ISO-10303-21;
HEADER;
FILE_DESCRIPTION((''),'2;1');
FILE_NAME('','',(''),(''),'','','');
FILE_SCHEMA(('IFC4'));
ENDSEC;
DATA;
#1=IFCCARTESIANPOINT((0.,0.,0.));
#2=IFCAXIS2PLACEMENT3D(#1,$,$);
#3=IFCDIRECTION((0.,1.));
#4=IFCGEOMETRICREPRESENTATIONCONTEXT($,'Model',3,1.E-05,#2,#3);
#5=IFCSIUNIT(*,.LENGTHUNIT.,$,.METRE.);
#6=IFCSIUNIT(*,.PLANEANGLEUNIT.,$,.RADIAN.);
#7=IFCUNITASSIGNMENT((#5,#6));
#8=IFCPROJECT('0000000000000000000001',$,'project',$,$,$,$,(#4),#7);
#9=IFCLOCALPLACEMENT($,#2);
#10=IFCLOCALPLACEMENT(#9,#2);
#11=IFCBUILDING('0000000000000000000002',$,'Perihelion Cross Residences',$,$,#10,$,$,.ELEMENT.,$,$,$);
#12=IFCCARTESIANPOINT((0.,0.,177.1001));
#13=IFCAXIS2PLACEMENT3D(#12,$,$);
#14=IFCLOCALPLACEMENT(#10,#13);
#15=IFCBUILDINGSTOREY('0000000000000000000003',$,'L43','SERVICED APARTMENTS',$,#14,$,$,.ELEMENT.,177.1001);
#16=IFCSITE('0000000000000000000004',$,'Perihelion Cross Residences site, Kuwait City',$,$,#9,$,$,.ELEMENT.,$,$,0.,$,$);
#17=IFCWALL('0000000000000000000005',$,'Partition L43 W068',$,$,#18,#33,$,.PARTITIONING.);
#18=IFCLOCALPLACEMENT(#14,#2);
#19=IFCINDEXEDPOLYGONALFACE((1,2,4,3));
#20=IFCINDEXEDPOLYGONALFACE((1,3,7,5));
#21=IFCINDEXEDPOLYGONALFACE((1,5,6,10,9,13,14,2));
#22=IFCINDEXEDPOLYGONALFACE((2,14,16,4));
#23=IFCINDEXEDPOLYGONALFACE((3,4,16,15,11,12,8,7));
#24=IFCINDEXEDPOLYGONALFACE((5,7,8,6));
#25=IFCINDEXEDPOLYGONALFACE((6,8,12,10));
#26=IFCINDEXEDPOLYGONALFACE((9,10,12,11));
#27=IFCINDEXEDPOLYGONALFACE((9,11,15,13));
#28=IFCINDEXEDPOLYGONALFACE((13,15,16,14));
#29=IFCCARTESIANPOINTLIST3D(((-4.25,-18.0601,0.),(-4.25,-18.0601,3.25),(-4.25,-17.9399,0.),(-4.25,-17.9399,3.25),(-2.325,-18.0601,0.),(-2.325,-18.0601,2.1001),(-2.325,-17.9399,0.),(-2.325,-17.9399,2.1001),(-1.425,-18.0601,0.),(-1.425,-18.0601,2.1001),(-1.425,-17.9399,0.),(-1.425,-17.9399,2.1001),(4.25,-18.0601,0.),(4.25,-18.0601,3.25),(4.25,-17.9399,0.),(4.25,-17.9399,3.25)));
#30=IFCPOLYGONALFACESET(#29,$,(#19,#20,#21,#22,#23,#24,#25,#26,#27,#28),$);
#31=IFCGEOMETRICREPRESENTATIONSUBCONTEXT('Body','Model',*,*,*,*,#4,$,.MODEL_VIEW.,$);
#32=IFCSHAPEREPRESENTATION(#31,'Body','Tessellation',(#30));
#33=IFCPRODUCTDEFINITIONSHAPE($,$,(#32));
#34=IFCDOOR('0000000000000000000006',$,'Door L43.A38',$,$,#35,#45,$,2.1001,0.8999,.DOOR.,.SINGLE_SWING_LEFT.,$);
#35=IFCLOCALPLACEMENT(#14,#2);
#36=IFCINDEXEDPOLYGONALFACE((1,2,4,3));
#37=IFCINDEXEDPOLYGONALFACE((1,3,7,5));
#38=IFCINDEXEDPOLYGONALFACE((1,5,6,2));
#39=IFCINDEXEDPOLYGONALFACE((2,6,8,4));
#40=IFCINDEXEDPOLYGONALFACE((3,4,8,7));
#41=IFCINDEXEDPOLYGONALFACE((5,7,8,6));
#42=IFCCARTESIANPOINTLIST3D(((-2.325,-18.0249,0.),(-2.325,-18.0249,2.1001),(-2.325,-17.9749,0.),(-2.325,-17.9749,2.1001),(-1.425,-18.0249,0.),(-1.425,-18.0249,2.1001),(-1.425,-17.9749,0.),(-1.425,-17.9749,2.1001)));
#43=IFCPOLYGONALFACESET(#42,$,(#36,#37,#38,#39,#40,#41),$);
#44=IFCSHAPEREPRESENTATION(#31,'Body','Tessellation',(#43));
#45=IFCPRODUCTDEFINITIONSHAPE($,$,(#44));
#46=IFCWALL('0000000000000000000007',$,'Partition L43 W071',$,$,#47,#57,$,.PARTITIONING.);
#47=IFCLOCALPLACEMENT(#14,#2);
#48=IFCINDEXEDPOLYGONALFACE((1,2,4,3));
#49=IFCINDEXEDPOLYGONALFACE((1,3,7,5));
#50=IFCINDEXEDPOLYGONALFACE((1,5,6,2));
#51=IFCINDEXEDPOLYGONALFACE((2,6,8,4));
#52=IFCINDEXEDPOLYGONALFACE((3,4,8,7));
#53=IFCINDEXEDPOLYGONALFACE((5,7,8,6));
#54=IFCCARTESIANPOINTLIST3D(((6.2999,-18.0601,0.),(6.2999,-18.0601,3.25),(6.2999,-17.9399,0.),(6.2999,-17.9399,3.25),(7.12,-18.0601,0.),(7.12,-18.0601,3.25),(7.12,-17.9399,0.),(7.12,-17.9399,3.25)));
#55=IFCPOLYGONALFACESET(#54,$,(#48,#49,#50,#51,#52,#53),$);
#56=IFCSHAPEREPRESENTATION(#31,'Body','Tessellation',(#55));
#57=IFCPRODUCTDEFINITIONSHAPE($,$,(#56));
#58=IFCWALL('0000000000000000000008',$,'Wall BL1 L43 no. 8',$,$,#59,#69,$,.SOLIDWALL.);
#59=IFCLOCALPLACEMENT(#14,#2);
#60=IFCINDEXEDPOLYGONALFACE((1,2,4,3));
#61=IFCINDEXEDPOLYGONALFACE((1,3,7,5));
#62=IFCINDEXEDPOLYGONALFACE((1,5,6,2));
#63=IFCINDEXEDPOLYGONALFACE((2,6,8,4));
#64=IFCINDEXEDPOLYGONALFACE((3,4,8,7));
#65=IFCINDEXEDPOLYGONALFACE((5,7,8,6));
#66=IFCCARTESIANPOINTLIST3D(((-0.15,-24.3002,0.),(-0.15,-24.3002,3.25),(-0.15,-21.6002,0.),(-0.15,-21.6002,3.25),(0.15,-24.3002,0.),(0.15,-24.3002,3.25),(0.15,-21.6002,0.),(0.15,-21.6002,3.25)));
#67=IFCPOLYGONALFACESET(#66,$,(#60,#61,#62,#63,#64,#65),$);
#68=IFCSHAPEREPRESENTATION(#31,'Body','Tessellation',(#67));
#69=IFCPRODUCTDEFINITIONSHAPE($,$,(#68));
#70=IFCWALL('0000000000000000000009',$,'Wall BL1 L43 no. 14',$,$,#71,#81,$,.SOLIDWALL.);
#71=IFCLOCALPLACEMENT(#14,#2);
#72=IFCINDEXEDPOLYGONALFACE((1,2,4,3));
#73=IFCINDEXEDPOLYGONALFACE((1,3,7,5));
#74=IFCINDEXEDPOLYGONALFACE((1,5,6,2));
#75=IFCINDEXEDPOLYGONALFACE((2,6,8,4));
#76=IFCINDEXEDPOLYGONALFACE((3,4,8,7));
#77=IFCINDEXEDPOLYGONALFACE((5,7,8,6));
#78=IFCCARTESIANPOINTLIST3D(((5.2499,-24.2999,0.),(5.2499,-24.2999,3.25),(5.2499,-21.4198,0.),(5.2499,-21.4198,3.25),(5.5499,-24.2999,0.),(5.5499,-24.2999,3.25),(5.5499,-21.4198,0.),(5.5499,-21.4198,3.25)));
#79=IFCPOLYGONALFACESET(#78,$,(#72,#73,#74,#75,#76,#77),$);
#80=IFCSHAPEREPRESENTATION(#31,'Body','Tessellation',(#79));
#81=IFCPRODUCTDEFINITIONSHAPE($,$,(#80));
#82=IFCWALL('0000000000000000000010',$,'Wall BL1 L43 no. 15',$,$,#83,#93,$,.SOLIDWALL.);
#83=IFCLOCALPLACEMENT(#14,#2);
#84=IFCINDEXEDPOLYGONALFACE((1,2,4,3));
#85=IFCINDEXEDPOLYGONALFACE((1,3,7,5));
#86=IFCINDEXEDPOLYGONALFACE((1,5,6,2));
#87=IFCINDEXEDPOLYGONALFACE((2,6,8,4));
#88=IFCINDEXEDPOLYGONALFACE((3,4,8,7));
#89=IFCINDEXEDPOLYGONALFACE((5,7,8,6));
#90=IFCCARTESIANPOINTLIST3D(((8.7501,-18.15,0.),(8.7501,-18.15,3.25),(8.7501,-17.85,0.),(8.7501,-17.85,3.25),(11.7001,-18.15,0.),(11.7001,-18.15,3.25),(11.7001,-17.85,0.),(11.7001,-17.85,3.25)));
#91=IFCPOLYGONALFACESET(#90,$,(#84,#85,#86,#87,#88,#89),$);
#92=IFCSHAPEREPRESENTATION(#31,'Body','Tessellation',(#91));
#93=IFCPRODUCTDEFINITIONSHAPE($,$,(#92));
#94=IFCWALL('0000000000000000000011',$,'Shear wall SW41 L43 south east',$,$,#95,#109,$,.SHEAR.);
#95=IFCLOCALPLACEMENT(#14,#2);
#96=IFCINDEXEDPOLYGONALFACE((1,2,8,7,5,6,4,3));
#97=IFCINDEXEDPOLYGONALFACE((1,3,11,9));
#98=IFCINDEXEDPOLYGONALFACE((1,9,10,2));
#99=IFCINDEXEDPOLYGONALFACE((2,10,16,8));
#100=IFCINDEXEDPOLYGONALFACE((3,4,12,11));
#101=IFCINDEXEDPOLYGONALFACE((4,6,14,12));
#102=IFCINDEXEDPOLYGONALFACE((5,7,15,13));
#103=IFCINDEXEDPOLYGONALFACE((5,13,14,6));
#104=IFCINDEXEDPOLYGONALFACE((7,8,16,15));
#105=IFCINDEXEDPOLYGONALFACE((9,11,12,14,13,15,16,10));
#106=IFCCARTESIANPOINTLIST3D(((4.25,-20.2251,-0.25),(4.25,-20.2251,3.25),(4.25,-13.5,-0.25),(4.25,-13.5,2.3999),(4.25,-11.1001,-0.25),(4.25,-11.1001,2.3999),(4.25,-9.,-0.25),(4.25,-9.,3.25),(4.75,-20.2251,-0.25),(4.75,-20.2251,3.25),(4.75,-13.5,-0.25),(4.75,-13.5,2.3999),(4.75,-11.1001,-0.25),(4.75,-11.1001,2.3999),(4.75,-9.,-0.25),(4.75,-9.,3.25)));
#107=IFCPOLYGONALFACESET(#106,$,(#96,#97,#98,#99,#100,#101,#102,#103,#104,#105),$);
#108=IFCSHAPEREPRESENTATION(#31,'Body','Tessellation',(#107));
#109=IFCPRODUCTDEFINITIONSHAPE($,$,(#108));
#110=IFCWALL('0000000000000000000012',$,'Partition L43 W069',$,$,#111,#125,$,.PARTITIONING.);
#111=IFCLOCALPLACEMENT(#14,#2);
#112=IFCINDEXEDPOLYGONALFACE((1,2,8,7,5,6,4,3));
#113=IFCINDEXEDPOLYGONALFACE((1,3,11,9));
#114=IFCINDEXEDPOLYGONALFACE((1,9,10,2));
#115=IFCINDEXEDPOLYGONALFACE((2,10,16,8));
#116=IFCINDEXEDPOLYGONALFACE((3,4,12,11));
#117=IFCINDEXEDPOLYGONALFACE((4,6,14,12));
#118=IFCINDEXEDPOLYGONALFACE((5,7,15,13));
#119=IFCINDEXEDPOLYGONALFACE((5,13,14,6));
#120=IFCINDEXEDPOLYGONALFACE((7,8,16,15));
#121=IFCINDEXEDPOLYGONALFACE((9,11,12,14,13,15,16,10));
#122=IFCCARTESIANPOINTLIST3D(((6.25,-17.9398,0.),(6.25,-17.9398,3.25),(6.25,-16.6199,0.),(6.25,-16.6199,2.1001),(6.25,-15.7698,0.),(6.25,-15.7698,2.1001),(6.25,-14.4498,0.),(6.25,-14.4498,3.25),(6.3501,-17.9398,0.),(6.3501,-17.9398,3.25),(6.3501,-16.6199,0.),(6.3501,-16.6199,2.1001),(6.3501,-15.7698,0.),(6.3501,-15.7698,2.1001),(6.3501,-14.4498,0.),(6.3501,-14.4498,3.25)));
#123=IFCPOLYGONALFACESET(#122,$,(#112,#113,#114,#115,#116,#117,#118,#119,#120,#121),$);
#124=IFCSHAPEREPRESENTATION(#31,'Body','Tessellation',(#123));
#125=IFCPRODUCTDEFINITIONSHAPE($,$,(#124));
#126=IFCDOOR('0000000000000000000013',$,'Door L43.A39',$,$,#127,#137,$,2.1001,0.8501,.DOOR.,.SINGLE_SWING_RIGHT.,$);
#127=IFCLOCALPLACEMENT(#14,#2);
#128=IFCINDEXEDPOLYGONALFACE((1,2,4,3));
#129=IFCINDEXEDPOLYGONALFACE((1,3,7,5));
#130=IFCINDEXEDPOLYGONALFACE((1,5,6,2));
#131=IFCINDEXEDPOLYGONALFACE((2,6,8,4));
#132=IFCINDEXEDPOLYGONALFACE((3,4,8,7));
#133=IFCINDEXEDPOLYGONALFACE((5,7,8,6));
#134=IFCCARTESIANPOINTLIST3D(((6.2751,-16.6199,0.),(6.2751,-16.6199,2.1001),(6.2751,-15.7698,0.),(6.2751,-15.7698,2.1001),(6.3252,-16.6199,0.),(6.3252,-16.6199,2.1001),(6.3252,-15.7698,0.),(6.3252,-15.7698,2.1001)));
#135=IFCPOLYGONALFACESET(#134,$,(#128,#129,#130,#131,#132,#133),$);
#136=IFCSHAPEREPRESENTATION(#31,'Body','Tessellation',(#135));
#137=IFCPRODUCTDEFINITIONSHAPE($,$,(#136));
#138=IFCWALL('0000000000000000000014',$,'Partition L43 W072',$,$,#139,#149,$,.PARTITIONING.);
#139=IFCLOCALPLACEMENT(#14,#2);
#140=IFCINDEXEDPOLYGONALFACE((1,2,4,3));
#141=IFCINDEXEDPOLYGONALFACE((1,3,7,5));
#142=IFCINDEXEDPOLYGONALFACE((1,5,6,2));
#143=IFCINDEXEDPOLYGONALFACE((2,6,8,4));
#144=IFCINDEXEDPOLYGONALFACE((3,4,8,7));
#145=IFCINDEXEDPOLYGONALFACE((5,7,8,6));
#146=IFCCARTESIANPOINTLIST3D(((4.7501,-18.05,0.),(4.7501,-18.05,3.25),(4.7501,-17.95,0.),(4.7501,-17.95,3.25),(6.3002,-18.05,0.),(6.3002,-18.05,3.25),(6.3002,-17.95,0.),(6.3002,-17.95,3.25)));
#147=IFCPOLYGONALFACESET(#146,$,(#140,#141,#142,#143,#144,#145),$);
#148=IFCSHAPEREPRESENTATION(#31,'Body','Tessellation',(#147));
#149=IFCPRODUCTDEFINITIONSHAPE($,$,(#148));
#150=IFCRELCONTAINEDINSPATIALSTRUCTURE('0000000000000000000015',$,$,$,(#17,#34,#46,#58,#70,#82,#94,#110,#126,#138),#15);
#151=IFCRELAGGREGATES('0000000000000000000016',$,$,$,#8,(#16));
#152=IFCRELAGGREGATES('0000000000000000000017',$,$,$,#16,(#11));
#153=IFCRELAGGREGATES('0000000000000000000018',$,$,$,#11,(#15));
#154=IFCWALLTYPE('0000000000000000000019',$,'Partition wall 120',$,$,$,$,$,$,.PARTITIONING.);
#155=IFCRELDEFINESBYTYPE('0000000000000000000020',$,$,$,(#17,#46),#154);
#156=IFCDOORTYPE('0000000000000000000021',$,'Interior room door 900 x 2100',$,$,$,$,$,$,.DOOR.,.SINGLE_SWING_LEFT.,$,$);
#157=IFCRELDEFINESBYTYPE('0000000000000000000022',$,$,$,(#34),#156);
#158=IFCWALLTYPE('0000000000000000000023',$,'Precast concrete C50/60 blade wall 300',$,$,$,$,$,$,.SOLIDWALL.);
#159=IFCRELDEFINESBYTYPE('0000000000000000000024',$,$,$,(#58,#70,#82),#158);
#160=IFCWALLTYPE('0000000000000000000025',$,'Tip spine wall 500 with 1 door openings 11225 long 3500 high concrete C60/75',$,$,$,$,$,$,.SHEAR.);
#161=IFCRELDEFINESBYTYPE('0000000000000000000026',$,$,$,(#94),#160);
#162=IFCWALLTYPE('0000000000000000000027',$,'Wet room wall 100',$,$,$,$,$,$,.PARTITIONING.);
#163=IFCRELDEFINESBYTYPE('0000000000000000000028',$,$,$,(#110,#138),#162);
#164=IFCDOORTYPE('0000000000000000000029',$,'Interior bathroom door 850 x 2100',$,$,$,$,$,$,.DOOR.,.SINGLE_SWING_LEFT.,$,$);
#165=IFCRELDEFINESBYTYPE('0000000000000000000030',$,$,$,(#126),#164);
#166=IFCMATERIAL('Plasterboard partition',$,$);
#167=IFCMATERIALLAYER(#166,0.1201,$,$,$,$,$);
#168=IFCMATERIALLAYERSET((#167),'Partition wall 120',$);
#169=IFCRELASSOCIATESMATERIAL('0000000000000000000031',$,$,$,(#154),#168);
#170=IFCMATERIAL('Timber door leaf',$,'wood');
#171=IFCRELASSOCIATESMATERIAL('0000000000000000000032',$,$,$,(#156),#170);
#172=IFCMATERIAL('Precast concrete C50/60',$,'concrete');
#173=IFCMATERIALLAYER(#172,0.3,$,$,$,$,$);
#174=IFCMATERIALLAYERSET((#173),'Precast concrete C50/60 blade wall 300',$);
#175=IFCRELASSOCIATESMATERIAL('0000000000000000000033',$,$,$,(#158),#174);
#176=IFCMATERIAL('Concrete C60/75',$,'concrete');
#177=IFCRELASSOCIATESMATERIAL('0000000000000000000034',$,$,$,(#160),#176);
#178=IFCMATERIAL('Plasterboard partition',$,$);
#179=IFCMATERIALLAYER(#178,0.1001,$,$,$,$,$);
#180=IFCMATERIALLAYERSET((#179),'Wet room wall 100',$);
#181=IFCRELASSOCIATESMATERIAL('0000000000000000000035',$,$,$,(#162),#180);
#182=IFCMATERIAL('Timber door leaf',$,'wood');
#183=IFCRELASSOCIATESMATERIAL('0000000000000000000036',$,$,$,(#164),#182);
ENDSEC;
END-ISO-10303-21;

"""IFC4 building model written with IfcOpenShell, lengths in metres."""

from ifc_helpers import new_model, si_unit, direction, frame, frame_2d, origin, place, context, subcontext, project, spatial, polyline, rectangle, outline, extrude, material, layer, layer_set, material_profile, profile_set, type_object, element, fill, save


model = new_model("IFC4")

# Units and contexts
model_context = context("Model", 3, precision=1e-05, world=origin(), true_north=direction((0.0, 1.0)))
body_context = subcontext(model_context, "Body", "Model", "MODEL_VIEW")
ifc_project = project(units=[si_unit("LENGTHUNIT", "METRE"), si_unit("PLANEANGLEUNIT", "RADIAN")], contexts=[model_context])

# Site, building, storey
site_placement = place(None, origin())
site = spatial("IfcSite", under=ifc_project, at=site_placement, Name="Perihelion Cross Residences site, Kuwait City", CompositionType="ELEMENT", RefElevation=0.0)
building_placement = place(site_placement, origin())
building = spatial("IfcBuilding", under=site, at=building_placement, Name="Perihelion Cross Residences", CompositionType="ELEMENT")
storey_placement = place(building_placement, frame((0.0, 0.0, 177.1001)))
storey = spatial("IfcBuildingStorey", under=building, at=storey_placement, Name="L43", Description="SERVICED APARTMENTS", CompositionType="ELEMENT", Elevation=177.1001)

# Wall, opening, door
ifc_material_1 = material(Name="Plasterboard partition")
ifc_layer_1 = layer(ifc_material_1, 0.1201)
ifc_layer_set_1 = layer_set([ifc_layer_1], Name="Partition wall 120")
wall_type_1 = type_object("IfcWallType", Name="Partition wall 120", PredefinedType="PARTITIONING", material=ifc_layer_set_1)
wall_1_placement = place(storey_placement, frame((4.25, -18.0, 0.0), z_axis=(0.0, 0.0, 1.0), x_axis=(-1.0, 0.0, 0.0)))
wall_1 = element("IfcWall", 1, at=wall_1_placement, inside=storey, type_object=wall_type_1, Name="Partition L43 W068", PredefinedType="PARTITIONING", context=body_context, shape_type="SweptSolid", body=[
    extrude(rectangle(XDim=8.5, YDim=0.1201, at=frame_2d((4.25, 0.0))), origin(), (0.0, 0.0, 1.0), 3.25),
])
opening_1_placement = place(wall_1_placement, frame((5.675, 0.0, 0.0)))
opening_1 = element("IfcOpeningElement", 2, at=opening_1_placement, cuts=wall_1, PredefinedType="OPENING", context=body_context, shape_type="SweptSolid", body=[
    extrude(rectangle(XDim=0.8999, YDim=2.1001, at=frame_2d((0.45, 1.05))), frame((0.0, 0.0701, 0.0), z_axis=(0.0, -1.0, 0.0), x_axis=(1.0, 0.0, 0.0)), (0.0, 0.0, 1.0), 0.1401),
])
ifc_material_2 = material(Name="Timber door leaf", Category="wood")
door_type_1 = type_object("IfcDoorType", Name="Interior room door 900 x 2100", OperationType="SINGLE_SWING_LEFT", PredefinedType="DOOR", material=ifc_material_2)
door_1_placement = place(opening_1_placement, origin())
door_1 = element("IfcDoor", 3, at=door_1_placement, inside=storey, type_object=door_type_1, Name="Door L43.A38", OperationType="SINGLE_SWING_LEFT", OverallHeight=2.1001, OverallWidth=0.8999, PredefinedType="DOOR", context=body_context, shape_type="SweptSolid", body=[
    extrude(rectangle(XDim=0.8999, YDim=2.1001, at=frame_2d((0.45, 1.05))), frame((0.0, 0.0249, 0.0), z_axis=(0.0, -1.0, 0.0), x_axis=(1.0, 0.0, 0.0)), (0.0, 0.0, 1.0), 0.05),
])
fill(opening_1, door_1)

# Walls
wall_2_placement = place(storey_placement, frame((7.1201, -18.0, 0.0), z_axis=(0.0, 0.0, 1.0), x_axis=(-1.0, 0.0, 0.0)))
element("IfcWall", 4, at=wall_2_placement, inside=storey, type_object=wall_type_1, Name="Partition L43 W071", PredefinedType="PARTITIONING", context=body_context, shape_type="SweptSolid", body=[
    extrude(rectangle(XDim=0.8201, YDim=0.1201, at=frame_2d((0.4102, 0.0))), origin(), (0.0, 0.0, 1.0), 3.25),
])
ifc_material_3 = material(Name="Precast concrete C50/60", Category="concrete")
ifc_layer_2 = layer(ifc_material_3, 0.3)
ifc_layer_set_2 = layer_set([ifc_layer_2], Name="Precast concrete C50/60 blade wall 300")
wall_type_2 = type_object("IfcWallType", Name="Precast concrete C50/60 blade wall 300", PredefinedType="SOLIDWALL", material=ifc_layer_set_2)
wall_3_placement = place(storey_placement, frame((0.0, -21.6001, 0.0), z_axis=(0.0, 0.0, 1.0), x_axis=(0.0, -1.0, 0.0)))
element("IfcWall", 5, at=wall_3_placement, inside=storey, type_object=wall_type_2, Name="Wall BL1 L43 no. 8", PredefinedType="SOLIDWALL", context=body_context, shape_type="SweptSolid", body=[
    extrude(rectangle(XDim=2.7, YDim=0.3, at=frame_2d((1.3501, 0.0))), origin(), (0.0, 0.0, 1.0), 3.25),
])
wall_4_placement = place(storey_placement, frame((5.3999, -21.4199, 0.0), z_axis=(0.0, 0.0, 1.0), x_axis=(0.0, -1.0, 0.0)))
element("IfcWall", 6, at=wall_4_placement, inside=storey, type_object=wall_type_2, Name="Wall BL1 L43 no. 14", PredefinedType="SOLIDWALL", context=body_context, shape_type="SweptSolid", body=[
    extrude(rectangle(XDim=2.8801, YDim=0.3, at=frame_2d((1.4399, 0.0))), origin(), (0.0, 0.0, 1.0), 3.25),
])
wall_5_placement = place(storey_placement, frame((8.75, -18.0, 0.0), z_axis=(0.0, 0.0, 1.0), x_axis=(1.0, 0.0, 0.0)))
element("IfcWall", 7, at=wall_5_placement, inside=storey, type_object=wall_type_2, Name="Wall BL1 L43 no. 15", PredefinedType="SOLIDWALL", context=body_context, shape_type="SweptSolid", body=[
    extrude(rectangle(XDim=2.95, YDim=0.3, at=frame_2d((1.4751, 0.0))), origin(), (0.0, 0.0, 1.0), 3.25),
])
ifc_material_4 = material(Name="Concrete C60/75", Category="concrete")
ifc_material_profile_1 = material_profile(ifc_material_4, outline(polyline([(0.0, 0.0), (6.7251, 0.0), (6.7251, 2.6499), (9.125, 2.6499), (9.125, 0.0), (11.2251, 0.0), (11.2251, 3.5), (0.0, 3.5), (0.0, 0.0)])), Name="Tip spine wall")
ifc_profile_set_1 = profile_set([ifc_material_profile_1], Name="Concrete C60/75")
wall_type_3 = type_object("IfcWallType", Name="Tip spine wall 500 with 1 door openings 11225 long 3500 high concrete C60/75", PredefinedType="SHEAR", material=ifc_profile_set_1)
wall_6_placement = place(storey_placement, frame((4.25, -20.2251, -0.25), z_axis=(1.0, 0.0, 0.0), x_axis=(0.0, 1.0, 0.0)))
element("IfcWall", 8, at=wall_6_placement, inside=storey, type_object=wall_type_3, Name="Shear wall SW41 L43 south east", PredefinedType="SHEAR", context=body_context, shape_type="SweptSolid", body=[
    extrude(outline(polyline([(0.0, 0.0), (6.7251, 0.0), (6.7251, 2.6499), (9.125, 2.6499), (9.125, 0.0), (11.2251, 0.0), (11.2251, 3.5), (0.0, 3.5), (0.0, 0.0)])), origin(), (0.0, 0.0, 1.0), 0.5),
])

# Wall, opening, door
ifc_material_5 = material(Name="Plasterboard partition")
ifc_layer_3 = layer(ifc_material_5, 0.1001)
ifc_layer_set_3 = layer_set([ifc_layer_3], Name="Wet room wall 100")
wall_type_4 = type_object("IfcWallType", Name="Wet room wall 100", PredefinedType="PARTITIONING", material=ifc_layer_set_3)
wall_7_placement = place(storey_placement, frame((6.3, -17.9399, 0.0), z_axis=(0.0, 0.0, 1.0), x_axis=(0.0, 1.0, 0.0)))
wall_7 = element("IfcWall", 9, at=wall_7_placement, inside=storey, type_object=wall_type_4, Name="Partition L43 W069", PredefinedType="PARTITIONING", context=body_context, shape_type="SweptSolid", body=[
    extrude(rectangle(XDim=3.49, YDim=0.1001, at=frame_2d((1.7451, 0.0))), origin(), (0.0, 0.0, 1.0), 3.25),
])
opening_2_placement = place(wall_7_placement, frame((1.3201, 0.0, 0.0)))
opening_2 = element("IfcOpeningElement", 10, at=opening_2_placement, cuts=wall_7, PredefinedType="OPENING", context=body_context, shape_type="SweptSolid", body=[
    extrude(rectangle(XDim=0.8501, YDim=2.1001, at=frame_2d((0.425, 1.05))), frame((0.0, 0.0601, 0.0), z_axis=(0.0, -1.0, 0.0), x_axis=(1.0, 0.0, 0.0)), (0.0, 0.0, 1.0), 0.1201),
])
ifc_material_6 = material(Name="Timber door leaf", Category="wood")
door_type_2 = type_object("IfcDoorType", Name="Interior bathroom door 850 x 2100", OperationType="SINGLE_SWING_LEFT", PredefinedType="DOOR", material=ifc_material_6)
door_2_placement = place(opening_2_placement, origin())
door_2 = element("IfcDoor", 11, at=door_2_placement, inside=storey, type_object=door_type_2, Name="Door L43.A39", OperationType="SINGLE_SWING_RIGHT", OverallHeight=2.1001, OverallWidth=0.8501, PredefinedType="DOOR", context=body_context, shape_type="SweptSolid", body=[
    extrude(rectangle(XDim=0.8501, YDim=2.1001, at=frame_2d((0.425, 1.05))), frame((0.0, 0.0249, 0.0), z_axis=(0.0, -1.0, 0.0), x_axis=(1.0, 0.0, 0.0)), (0.0, 0.0, 1.0), 0.05),
])
fill(opening_2, door_2)

# Wall
wall_8_placement = place(storey_placement, frame((6.3, -18.0, 0.0), z_axis=(0.0, 0.0, 1.0), x_axis=(-1.0, 0.0, 0.0)))
element("IfcWall", 12, at=wall_8_placement, inside=storey, type_object=wall_type_4, Name="Partition L43 W072", PredefinedType="PARTITIONING", context=body_context, shape_type="SweptSolid", body=[
    extrude(rectangle(XDim=1.55, YDim=0.1001, at=frame_2d((0.7749, 0.0))), origin(), (0.0, 0.0, 1.0), 3.25),
])

save(model, "model.ifc")
